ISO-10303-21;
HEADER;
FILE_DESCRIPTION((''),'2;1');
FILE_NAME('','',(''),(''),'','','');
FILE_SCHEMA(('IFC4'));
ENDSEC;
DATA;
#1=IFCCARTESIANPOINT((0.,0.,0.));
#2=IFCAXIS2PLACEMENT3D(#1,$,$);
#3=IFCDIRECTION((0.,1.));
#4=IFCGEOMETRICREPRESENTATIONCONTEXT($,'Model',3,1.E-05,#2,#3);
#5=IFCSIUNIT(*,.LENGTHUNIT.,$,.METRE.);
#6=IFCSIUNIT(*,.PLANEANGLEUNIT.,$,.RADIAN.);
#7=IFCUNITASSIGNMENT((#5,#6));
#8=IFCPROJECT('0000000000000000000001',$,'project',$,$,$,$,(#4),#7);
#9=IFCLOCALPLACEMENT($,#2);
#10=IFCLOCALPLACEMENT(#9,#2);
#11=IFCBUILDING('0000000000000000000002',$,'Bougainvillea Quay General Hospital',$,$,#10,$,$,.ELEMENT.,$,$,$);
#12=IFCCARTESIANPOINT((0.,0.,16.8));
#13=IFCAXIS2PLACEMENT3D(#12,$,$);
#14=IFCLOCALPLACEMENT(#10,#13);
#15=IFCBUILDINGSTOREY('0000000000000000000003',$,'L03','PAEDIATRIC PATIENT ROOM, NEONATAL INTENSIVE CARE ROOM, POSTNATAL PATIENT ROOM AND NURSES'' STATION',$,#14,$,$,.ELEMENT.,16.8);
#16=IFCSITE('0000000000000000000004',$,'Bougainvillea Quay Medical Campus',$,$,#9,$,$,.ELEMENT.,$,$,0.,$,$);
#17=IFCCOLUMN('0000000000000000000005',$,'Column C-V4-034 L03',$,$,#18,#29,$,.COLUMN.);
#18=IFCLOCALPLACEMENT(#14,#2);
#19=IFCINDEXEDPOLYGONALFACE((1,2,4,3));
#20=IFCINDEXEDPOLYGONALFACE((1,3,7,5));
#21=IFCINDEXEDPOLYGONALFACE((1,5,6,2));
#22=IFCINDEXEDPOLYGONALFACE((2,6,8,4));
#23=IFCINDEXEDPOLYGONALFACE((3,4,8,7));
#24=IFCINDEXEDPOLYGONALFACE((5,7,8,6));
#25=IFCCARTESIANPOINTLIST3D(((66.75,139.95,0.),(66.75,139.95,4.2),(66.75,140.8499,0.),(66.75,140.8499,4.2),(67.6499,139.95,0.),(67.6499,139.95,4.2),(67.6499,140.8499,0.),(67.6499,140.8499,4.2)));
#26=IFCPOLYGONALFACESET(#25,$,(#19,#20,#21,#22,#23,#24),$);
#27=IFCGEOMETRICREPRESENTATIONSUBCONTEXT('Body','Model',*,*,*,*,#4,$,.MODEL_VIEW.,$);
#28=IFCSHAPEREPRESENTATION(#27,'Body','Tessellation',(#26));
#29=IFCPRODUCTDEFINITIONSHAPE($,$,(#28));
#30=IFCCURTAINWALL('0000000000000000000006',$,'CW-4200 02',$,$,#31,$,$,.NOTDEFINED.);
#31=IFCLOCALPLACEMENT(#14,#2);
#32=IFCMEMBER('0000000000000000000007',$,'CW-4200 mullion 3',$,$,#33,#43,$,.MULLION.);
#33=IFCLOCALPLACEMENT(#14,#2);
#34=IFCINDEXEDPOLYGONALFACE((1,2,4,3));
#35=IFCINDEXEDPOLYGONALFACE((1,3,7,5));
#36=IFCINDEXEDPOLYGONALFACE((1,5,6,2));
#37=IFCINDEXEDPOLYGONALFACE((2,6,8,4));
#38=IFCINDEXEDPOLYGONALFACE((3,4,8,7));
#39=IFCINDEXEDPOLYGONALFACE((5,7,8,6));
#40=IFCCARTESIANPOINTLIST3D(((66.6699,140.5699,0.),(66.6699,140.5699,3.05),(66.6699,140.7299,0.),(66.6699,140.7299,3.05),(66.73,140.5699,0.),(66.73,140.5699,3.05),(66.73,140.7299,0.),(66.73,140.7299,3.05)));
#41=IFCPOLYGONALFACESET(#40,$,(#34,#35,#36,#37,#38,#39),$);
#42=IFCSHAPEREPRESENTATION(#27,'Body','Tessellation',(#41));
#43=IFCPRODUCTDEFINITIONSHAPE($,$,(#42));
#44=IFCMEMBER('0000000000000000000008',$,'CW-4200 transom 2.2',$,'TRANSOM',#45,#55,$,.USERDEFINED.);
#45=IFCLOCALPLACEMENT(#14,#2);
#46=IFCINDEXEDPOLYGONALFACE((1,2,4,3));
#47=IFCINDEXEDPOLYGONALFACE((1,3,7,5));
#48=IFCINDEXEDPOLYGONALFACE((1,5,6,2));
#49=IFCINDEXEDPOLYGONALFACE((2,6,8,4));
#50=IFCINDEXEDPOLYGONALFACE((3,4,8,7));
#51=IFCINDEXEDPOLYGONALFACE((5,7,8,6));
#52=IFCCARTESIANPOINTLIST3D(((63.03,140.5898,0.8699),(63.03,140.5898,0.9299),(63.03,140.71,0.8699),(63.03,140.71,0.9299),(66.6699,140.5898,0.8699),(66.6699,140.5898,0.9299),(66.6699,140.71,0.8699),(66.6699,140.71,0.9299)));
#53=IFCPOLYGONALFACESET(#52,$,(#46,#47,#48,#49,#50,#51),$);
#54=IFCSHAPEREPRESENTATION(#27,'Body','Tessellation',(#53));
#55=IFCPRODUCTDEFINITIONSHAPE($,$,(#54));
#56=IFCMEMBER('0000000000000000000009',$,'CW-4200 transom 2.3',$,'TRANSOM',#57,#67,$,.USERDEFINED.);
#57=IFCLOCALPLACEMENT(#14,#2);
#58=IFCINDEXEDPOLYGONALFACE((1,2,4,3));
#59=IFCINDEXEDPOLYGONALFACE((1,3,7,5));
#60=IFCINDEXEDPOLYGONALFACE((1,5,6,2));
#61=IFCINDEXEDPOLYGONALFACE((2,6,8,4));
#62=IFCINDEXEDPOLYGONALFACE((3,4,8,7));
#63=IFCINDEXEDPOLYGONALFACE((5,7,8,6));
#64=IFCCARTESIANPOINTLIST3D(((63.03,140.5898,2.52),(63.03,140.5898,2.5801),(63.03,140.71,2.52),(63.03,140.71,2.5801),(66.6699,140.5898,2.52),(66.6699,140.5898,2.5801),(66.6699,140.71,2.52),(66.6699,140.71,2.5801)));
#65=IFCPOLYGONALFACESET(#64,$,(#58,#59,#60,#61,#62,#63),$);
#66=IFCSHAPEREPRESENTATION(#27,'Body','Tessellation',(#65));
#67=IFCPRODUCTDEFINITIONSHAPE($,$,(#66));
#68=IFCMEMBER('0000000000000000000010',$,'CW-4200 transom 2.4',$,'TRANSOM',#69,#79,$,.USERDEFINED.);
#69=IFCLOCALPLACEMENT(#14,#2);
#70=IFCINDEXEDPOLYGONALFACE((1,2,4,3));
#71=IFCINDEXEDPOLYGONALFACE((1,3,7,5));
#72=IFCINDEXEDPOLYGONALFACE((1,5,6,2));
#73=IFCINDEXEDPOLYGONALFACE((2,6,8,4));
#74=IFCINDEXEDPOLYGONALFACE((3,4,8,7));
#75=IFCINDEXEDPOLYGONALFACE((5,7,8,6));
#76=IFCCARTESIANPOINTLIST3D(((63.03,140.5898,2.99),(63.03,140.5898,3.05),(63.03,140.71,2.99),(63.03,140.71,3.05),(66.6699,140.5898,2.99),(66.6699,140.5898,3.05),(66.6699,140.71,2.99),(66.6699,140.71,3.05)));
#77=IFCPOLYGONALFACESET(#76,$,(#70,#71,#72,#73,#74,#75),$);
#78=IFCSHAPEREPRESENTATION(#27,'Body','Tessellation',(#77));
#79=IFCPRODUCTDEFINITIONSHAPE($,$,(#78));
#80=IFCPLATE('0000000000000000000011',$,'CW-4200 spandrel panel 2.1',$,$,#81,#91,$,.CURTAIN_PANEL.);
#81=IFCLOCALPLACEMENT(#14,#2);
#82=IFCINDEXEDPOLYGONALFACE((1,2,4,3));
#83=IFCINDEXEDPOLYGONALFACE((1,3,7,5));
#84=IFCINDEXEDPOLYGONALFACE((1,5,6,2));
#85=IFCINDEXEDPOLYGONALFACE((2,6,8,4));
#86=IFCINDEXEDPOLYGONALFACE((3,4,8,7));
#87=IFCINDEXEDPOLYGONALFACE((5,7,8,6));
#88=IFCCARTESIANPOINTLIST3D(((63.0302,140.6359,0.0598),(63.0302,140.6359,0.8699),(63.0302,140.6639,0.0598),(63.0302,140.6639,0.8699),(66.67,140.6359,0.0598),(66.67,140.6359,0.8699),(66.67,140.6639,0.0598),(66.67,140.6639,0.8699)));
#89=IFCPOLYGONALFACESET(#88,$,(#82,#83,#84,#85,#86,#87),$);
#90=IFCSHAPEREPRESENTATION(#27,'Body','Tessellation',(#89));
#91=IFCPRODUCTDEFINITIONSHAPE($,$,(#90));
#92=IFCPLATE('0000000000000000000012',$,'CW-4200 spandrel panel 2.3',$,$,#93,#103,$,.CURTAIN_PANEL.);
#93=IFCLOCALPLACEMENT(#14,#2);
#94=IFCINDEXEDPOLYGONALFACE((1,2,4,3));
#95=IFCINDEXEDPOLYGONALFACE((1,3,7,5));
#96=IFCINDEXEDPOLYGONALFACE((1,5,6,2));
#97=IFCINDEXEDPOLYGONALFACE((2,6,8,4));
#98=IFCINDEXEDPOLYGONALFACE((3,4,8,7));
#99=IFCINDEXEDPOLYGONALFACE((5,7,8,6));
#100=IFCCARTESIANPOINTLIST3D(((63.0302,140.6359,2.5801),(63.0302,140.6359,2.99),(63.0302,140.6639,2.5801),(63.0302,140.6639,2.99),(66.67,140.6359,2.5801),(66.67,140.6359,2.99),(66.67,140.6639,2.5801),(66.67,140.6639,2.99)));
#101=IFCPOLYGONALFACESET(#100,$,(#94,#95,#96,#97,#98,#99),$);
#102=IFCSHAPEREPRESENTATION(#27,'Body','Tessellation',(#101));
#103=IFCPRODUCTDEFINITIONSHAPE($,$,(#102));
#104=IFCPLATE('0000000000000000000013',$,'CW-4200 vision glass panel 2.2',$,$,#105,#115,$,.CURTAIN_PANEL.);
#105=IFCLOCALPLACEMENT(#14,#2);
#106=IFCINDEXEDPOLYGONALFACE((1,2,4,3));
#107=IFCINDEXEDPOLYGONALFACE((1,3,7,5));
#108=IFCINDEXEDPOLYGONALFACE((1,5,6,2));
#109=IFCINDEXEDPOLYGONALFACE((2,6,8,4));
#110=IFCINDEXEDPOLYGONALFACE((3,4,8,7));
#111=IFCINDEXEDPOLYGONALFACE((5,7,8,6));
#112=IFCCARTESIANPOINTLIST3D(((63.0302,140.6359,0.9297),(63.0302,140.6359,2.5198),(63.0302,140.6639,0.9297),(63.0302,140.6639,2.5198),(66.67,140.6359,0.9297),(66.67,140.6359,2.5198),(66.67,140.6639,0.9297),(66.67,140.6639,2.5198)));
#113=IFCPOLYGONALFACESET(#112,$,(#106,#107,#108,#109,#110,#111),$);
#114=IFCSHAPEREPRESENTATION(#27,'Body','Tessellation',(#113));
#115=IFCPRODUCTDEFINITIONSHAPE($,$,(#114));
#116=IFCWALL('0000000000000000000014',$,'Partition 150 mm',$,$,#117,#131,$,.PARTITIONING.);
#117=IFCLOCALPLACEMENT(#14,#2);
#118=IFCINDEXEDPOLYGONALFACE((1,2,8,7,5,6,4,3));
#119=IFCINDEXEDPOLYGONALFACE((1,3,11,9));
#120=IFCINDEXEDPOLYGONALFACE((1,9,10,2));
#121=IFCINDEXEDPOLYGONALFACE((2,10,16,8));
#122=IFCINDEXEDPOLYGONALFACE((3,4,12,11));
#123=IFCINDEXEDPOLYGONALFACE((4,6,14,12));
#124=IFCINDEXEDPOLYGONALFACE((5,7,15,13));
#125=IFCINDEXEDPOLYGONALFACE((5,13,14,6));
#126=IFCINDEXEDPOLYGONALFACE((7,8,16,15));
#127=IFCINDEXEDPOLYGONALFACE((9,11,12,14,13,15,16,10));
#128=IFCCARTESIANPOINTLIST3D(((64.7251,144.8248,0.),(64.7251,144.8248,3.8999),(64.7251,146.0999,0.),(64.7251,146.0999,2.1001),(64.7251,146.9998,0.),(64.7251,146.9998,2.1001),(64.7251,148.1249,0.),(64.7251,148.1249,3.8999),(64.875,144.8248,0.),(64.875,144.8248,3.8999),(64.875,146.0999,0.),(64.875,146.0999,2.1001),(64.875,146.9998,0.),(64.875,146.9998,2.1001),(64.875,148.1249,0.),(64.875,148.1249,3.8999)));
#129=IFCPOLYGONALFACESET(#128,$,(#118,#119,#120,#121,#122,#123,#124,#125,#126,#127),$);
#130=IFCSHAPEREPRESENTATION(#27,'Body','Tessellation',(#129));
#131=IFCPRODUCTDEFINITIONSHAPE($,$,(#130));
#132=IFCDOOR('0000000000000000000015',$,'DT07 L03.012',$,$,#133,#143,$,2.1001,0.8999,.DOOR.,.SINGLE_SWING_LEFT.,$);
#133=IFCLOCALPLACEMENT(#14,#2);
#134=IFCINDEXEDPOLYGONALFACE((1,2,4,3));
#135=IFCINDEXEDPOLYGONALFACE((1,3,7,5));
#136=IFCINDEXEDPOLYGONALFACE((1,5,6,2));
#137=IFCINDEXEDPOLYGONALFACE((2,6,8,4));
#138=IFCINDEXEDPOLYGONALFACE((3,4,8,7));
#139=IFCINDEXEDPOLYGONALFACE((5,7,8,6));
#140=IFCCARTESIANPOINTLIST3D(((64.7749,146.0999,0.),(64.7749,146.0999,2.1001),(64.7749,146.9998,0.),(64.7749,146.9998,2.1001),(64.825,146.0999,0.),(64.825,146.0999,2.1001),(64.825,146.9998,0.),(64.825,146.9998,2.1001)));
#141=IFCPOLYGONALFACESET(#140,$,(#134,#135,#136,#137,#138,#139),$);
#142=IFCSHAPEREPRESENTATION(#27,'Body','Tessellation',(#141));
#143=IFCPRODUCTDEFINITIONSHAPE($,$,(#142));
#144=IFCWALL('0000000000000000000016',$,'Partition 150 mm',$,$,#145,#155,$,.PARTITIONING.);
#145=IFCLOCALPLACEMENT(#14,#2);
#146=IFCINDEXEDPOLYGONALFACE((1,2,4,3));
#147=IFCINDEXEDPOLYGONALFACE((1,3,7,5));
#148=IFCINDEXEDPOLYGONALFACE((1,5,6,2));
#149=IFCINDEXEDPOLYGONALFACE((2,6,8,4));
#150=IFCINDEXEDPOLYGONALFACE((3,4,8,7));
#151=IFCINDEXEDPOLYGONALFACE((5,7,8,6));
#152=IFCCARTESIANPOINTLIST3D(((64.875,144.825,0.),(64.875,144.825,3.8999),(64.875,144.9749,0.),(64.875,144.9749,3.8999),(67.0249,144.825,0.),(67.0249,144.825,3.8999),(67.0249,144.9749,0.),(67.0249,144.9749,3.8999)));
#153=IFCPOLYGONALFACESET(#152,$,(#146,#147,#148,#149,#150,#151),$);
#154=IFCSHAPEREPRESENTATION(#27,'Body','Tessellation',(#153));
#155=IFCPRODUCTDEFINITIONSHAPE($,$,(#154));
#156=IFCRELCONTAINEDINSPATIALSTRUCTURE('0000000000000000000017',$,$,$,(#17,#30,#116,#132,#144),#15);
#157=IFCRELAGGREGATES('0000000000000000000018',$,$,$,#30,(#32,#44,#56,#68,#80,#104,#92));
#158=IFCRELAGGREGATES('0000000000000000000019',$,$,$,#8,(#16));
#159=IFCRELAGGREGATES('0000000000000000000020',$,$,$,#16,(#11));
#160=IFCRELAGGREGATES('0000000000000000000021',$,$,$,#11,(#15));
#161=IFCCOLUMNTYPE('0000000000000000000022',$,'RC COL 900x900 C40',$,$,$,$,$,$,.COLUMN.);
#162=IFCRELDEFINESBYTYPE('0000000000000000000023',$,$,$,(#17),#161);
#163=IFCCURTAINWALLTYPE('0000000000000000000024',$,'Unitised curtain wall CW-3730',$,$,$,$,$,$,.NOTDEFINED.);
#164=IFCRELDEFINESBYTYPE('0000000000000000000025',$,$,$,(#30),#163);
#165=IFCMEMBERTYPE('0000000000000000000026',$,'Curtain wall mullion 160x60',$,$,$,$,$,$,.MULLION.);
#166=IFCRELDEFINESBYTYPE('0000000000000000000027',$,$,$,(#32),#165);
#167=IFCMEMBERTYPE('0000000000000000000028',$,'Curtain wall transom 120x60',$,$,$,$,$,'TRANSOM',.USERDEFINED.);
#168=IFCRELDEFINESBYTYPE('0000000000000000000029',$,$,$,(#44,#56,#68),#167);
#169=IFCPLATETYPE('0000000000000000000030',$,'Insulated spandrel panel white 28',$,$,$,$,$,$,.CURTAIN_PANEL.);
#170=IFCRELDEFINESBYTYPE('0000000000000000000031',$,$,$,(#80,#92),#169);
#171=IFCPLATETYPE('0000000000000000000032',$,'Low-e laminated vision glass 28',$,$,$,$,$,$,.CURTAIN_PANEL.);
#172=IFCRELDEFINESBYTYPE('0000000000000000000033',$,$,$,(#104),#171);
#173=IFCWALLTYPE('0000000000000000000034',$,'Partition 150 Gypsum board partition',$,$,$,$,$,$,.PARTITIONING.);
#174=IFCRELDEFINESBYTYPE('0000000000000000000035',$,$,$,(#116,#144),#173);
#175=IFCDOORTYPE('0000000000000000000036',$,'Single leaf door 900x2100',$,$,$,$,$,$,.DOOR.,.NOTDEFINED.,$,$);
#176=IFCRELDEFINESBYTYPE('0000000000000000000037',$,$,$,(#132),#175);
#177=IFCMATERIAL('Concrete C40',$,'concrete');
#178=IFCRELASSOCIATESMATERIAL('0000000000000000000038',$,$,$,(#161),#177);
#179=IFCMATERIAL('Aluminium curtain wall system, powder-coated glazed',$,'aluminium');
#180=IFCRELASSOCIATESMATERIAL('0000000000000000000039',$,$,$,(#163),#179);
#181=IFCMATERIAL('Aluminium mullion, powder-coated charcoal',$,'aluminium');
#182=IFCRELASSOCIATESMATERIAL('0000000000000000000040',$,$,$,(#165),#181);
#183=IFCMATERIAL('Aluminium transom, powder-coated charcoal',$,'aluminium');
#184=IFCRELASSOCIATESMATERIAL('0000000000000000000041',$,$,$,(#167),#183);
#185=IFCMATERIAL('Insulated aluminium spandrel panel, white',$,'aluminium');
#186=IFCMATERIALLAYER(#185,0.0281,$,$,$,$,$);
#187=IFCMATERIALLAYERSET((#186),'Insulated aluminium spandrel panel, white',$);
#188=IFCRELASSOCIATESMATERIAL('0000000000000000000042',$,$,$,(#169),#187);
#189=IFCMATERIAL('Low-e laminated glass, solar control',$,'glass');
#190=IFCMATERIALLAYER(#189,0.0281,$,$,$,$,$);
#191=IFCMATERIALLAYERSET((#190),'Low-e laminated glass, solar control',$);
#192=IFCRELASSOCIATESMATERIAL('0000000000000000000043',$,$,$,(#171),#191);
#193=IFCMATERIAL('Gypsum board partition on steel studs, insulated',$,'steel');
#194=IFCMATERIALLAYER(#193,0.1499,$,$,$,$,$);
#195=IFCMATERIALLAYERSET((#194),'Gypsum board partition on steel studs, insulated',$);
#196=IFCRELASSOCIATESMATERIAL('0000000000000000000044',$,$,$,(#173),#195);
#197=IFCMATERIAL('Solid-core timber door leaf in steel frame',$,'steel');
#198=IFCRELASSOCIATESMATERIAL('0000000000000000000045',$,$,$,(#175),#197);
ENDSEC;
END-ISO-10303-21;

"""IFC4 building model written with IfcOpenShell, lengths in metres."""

from ifc_helpers import new_model, si_unit, direction, frame, frame_2d, origin, origin_2d, place, context, subcontext, project, spatial, rectangle, extrude, material, layer, layer_set, material_profile, profile_set, type_object, element, fill, aggregate, save


model = new_model("IFC4")

# Units and contexts
model_context = context("Model", 3, precision=1e-05, world=origin(), true_north=direction((0.0, 1.0)))
body_context = subcontext(model_context, "Body", "Model", "MODEL_VIEW")
ifc_project = project(units=[si_unit("LENGTHUNIT", "METRE"), si_unit("PLANEANGLEUNIT", "RADIAN")], contexts=[model_context])

# Site, building, storey
site_placement = place(None, origin())
site = spatial("IfcSite", under=ifc_project, at=site_placement, Name="Bougainvillea Quay Medical Campus", CompositionType="ELEMENT", RefElevation=0.0)
building_placement = place(site_placement, origin())
building = spatial("IfcBuilding", under=site, at=building_placement, Name="Bougainvillea Quay General Hospital", CompositionType="ELEMENT")
storey_placement = place(building_placement, frame((0.0, 0.0, 16.8)))
storey = spatial("IfcBuildingStorey", under=building, at=storey_placement, Name="L03", Description="PAEDIATRIC PATIENT ROOM, NEONATAL INTENSIVE CARE ROOM, POSTNATAL PATIENT ROOM AND NURSES' STATION", CompositionType="ELEMENT", Elevation=16.8)

# Column
ifc_material_1 = material(Name="Concrete C40", Category="concrete")
ifc_material_profile_1 = material_profile(ifc_material_1, rectangle(XDim=0.8999, YDim=0.8999, at=origin_2d()))
ifc_profile_set_1 = profile_set([ifc_material_profile_1], Name="Concrete C40")
column_type = type_object("IfcColumnType", Name="RC COL 900x900 C40", PredefinedType="COLUMN", material=ifc_profile_set_1)
column_placement = place(storey_placement, frame((67.2, 140.3999, 0.0), z_axis=(0.0, 0.0, 1.0), x_axis=(1.0, 0.0, 0.0)))
element("IfcColumn", 1, at=column_placement, inside=storey, type_object=column_type, Name="Column C-V4-034 L03", PredefinedType="COLUMN", context=body_context, shape_type="SweptSolid", body=[
    extrude(rectangle(XDim=0.8999, YDim=0.8999, at=origin_2d()), origin(), (0.0, 0.0, 1.0), 4.2),
])

# Curtain wall, members, plates
ifc_material_2 = material(Name="Aluminium curtain wall system, powder-coated glazed", Category="aluminium")
curtain_wall_type = type_object("IfcCurtainWallType", Name="Unitised curtain wall CW-3730", PredefinedType="NOTDEFINED", material=ifc_material_2)
curtain_wall_placement = place(storey_placement, origin())
curtain_wall = element("IfcCurtainWall", 2, at=curtain_wall_placement, inside=storey, type_object=curtain_wall_type, Name="CW-4200 02", PredefinedType="NOTDEFINED")
ifc_material_3 = material(Name="Aluminium mullion, powder-coated charcoal", Category="aluminium")
ifc_material_profile_2 = material_profile(ifc_material_3, rectangle(XDim=0.1599, YDim=0.0601, at=origin_2d()))
ifc_profile_set_2 = profile_set([ifc_material_profile_2], Name="Aluminium mullion, powder-coated charcoal")
member_type_1 = type_object("IfcMemberType", Name="Curtain wall mullion 160x60", PredefinedType="MULLION", material=ifc_profile_set_2)
member_1_placement = place(storey_placement, frame((66.7, 140.6499, 0.0), z_axis=(0.0, 0.0, 1.0), x_axis=(0.0, 1.0, 0.0)))
member_1 = element("IfcMember", 3, at=member_1_placement, type_object=member_type_1, Name="CW-4200 mullion 3", PredefinedType="MULLION", context=body_context, shape_type="SweptSolid", body=[
    extrude(rectangle(XDim=0.1599, YDim=0.0601, at=origin_2d()), origin(), (0.0, 0.0, 1.0), 3.05),
])
ifc_material_4 = material(Name="Aluminium transom, powder-coated charcoal", Category="aluminium")
ifc_material_profile_3 = material_profile(ifc_material_4, rectangle(XDim=0.1201, YDim=0.0601, at=origin_2d()))
ifc_profile_set_3 = profile_set([ifc_material_profile_3], Name="Aluminium transom, powder-coated charcoal")
member_type_2 = type_object("IfcMemberType", Name="Curtain wall transom 120x60", ElementType="TRANSOM", PredefinedType="USERDEFINED", material=ifc_profile_set_3)
member_2_placement = place(storey_placement, frame((63.03, 140.6499, 0.8999), z_axis=(1.0, 0.0, 0.0), x_axis=(0.0, 1.0, 0.0)))
member_2 = element("IfcMember", 4, at=member_2_placement, type_object=member_type_2, Name="CW-4200 transom 2.2", ObjectType="TRANSOM", PredefinedType="USERDEFINED", context=body_context, shape_type="SweptSolid", body=[
    extrude(rectangle(XDim=0.1201, YDim=0.0601, at=origin_2d()), origin(), (0.0, 0.0, 1.0), 3.6399),
])
member_3_placement = place(storey_placement, frame((63.03, 140.6499, 2.55), z_axis=(1.0, 0.0, 0.0), x_axis=(0.0, 1.0, 0.0)))
member_3 = element("IfcMember", 5, at=member_3_placement, type_object=member_type_2, Name="CW-4200 transom 2.3", ObjectType="TRANSOM", PredefinedType="USERDEFINED", context=body_context, shape_type="SweptSolid", body=[
    extrude(rectangle(XDim=0.1201, YDim=0.0601, at=origin_2d()), origin(), (0.0, 0.0, 1.0), 3.6399),
])
member_4_placement = place(storey_placement, frame((63.03, 140.6499, 3.02), z_axis=(1.0, 0.0, 0.0), x_axis=(0.0, 1.0, 0.0)))
member_4 = element("IfcMember", 6, at=member_4_placement, type_object=member_type_2, Name="CW-4200 transom 2.4", ObjectType="TRANSOM", PredefinedType="USERDEFINED", context=body_context, shape_type="SweptSolid", body=[
    extrude(rectangle(XDim=0.1201, YDim=0.0601, at=origin_2d()), origin(), (0.0, 0.0, 1.0), 3.6399),
])
ifc_material_5 = material(Name="Insulated aluminium spandrel panel, white", Category="aluminium")
ifc_layer_1 = layer(ifc_material_5, 0.0281)
ifc_layer_set_1 = layer_set([ifc_layer_1], Name="Insulated aluminium spandrel panel, white")
plate_type_1 = type_object("IfcPlateType", Name="Insulated spandrel panel white 28", PredefinedType="CURTAIN_PANEL", material=ifc_layer_set_1)
plate_1_placement = place(storey_placement, frame((64.8501, 140.6499, 0.0598), z_axis=(0.0, 0.0, 1.0), x_axis=(1.0, 0.0, 0.0)))
plate_1 = element("IfcPlate", 7, at=plate_1_placement, type_object=plate_type_1, Name="CW-4200 spandrel panel 2.1", PredefinedType="CURTAIN_PANEL", context=body_context, shape_type="SweptSolid", body=[
    extrude(rectangle(XDim=3.6399, YDim=0.0281, at=origin_2d()), origin(), (0.0, 0.0, 1.0), 0.8101),
])
plate_2_placement = place(storey_placement, frame((64.8501, 140.6499, 2.5801), z_axis=(0.0, 0.0, 1.0), x_axis=(1.0, 0.0, 0.0)))
plate_2 = element("IfcPlate", 8, at=plate_2_placement, type_object=plate_type_1, Name="CW-4200 spandrel panel 2.3", PredefinedType="CURTAIN_PANEL", context=body_context, shape_type="SweptSolid", body=[
    extrude(rectangle(XDim=3.6399, YDim=0.0281, at=origin_2d()), origin(), (0.0, 0.0, 1.0), 0.4099),
])
ifc_material_6 = material(Name="Low-e laminated glass, solar control", Category="glass")
ifc_layer_2 = layer(ifc_material_6, 0.0281)
ifc_layer_set_2 = layer_set([ifc_layer_2], Name="Low-e laminated glass, solar control")
plate_type_2 = type_object("IfcPlateType", Name="Low-e laminated vision glass 28", PredefinedType="CURTAIN_PANEL", material=ifc_layer_set_2)
plate_3_placement = place(storey_placement, frame((64.8501, 140.6499, 0.9297), z_axis=(0.0, 0.0, 1.0), x_axis=(1.0, 0.0, 0.0)))
plate_3 = element("IfcPlate", 9, at=plate_3_placement, type_object=plate_type_2, Name="CW-4200 vision glass panel 2.2", PredefinedType="CURTAIN_PANEL", context=body_context, shape_type="SweptSolid", body=[
    extrude(rectangle(XDim=3.6399, YDim=0.0281, at=origin_2d()), origin(), (0.0, 0.0, 1.0), 1.5901),
])
aggregate(curtain_wall, [member_1, member_2, member_3, member_4, plate_1, plate_3, plate_2])

# Wall, opening, door
ifc_material_7 = material(Name="Gypsum board partition on steel studs, insulated", Category="steel")
ifc_layer_3 = layer(ifc_material_7, 0.1499)
ifc_layer_set_3 = layer_set([ifc_layer_3], Name="Gypsum board partition on steel studs, insulated")
wall_type_1 = type_object("IfcWallType", Name="Partition 150 Gypsum board partition", PredefinedType="PARTITIONING", material=ifc_layer_set_3)
wall_1_placement = place(storey_placement, frame((64.8, 144.825, 0.0), z_axis=(0.0, 0.0, 1.0), x_axis=(0.0, 1.0, 0.0)))
wall_1 = element("IfcWall", 10, at=wall_1_placement, inside=storey, type_object=wall_type_1, Name="Partition 150 mm", PredefinedType="PARTITIONING", context=body_context, shape_type="SweptSolid", body=[
    extrude(rectangle(XDim=3.3, YDim=0.1499, at=frame_2d((1.6499, 0.0))), origin(), (0.0, 0.0, 1.0), 3.8999),
])
opening_1_placement = place(wall_1_placement, frame((1.2749, 0.0, 0.0)))
opening_1 = element("IfcOpeningElement", 11, at=opening_1_placement, cuts=wall_1, PredefinedType="OPENING", context=body_context, shape_type="SweptSolid", body=[
    extrude(rectangle(XDim=0.8999, YDim=2.1001, at=frame_2d((0.45, 1.05))), frame((0.0, 0.085, 0.0), z_axis=(0.0, -1.0, 0.0), x_axis=(1.0, 0.0, 0.0)), (0.0, 0.0, 1.0), 0.1699),
])
ifc_material_8 = material(Name="Solid-core timber door leaf in steel frame", Category="steel")
door_type_1 = type_object("IfcDoorType", Name="Single leaf door 900x2100", OperationType="NOTDEFINED", PredefinedType="DOOR", material=ifc_material_8)
door_1_placement = place(opening_1_placement, frame((0.8999, 0.0, 0.0), z_axis=(0.0, 0.0, 1.0), x_axis=(-1.0, 0.0, 0.0)))
door_1 = element("IfcDoor", 12, at=door_1_placement, inside=storey, type_object=door_type_1, Name="DT07 L03.012", OperationType="SINGLE_SWING_LEFT", OverallHeight=2.1001, OverallWidth=0.8999, PredefinedType="DOOR", context=body_context, shape_type="SweptSolid", body=[
    extrude(rectangle(XDim=0.8999, YDim=2.1001, at=frame_2d((0.45, 1.05))), frame((0.0, 0.0249, 0.0), z_axis=(0.0, -1.0, 0.0), x_axis=(1.0, 0.0, 0.0)), (0.0, 0.0, 1.0), 0.05),
])
fill(opening_1, door_1)

# Wall
wall_2_placement = place(storey_placement, frame((64.875, 144.8999, 0.0), z_axis=(0.0, 0.0, 1.0), x_axis=(1.0, 0.0, 0.0)))
element("IfcWall", 13, at=wall_2_placement, inside=storey, type_object=wall_type_1, Name="Partition 150 mm", PredefinedType="PARTITIONING", context=body_context, shape_type="SweptSolid", body=[
    extrude(rectangle(XDim=2.1499, YDim=0.1499, at=frame_2d((1.075, 0.0))), origin(), (0.0, 0.0, 1.0), 3.8999),
])

save(model, "model.ifc")
